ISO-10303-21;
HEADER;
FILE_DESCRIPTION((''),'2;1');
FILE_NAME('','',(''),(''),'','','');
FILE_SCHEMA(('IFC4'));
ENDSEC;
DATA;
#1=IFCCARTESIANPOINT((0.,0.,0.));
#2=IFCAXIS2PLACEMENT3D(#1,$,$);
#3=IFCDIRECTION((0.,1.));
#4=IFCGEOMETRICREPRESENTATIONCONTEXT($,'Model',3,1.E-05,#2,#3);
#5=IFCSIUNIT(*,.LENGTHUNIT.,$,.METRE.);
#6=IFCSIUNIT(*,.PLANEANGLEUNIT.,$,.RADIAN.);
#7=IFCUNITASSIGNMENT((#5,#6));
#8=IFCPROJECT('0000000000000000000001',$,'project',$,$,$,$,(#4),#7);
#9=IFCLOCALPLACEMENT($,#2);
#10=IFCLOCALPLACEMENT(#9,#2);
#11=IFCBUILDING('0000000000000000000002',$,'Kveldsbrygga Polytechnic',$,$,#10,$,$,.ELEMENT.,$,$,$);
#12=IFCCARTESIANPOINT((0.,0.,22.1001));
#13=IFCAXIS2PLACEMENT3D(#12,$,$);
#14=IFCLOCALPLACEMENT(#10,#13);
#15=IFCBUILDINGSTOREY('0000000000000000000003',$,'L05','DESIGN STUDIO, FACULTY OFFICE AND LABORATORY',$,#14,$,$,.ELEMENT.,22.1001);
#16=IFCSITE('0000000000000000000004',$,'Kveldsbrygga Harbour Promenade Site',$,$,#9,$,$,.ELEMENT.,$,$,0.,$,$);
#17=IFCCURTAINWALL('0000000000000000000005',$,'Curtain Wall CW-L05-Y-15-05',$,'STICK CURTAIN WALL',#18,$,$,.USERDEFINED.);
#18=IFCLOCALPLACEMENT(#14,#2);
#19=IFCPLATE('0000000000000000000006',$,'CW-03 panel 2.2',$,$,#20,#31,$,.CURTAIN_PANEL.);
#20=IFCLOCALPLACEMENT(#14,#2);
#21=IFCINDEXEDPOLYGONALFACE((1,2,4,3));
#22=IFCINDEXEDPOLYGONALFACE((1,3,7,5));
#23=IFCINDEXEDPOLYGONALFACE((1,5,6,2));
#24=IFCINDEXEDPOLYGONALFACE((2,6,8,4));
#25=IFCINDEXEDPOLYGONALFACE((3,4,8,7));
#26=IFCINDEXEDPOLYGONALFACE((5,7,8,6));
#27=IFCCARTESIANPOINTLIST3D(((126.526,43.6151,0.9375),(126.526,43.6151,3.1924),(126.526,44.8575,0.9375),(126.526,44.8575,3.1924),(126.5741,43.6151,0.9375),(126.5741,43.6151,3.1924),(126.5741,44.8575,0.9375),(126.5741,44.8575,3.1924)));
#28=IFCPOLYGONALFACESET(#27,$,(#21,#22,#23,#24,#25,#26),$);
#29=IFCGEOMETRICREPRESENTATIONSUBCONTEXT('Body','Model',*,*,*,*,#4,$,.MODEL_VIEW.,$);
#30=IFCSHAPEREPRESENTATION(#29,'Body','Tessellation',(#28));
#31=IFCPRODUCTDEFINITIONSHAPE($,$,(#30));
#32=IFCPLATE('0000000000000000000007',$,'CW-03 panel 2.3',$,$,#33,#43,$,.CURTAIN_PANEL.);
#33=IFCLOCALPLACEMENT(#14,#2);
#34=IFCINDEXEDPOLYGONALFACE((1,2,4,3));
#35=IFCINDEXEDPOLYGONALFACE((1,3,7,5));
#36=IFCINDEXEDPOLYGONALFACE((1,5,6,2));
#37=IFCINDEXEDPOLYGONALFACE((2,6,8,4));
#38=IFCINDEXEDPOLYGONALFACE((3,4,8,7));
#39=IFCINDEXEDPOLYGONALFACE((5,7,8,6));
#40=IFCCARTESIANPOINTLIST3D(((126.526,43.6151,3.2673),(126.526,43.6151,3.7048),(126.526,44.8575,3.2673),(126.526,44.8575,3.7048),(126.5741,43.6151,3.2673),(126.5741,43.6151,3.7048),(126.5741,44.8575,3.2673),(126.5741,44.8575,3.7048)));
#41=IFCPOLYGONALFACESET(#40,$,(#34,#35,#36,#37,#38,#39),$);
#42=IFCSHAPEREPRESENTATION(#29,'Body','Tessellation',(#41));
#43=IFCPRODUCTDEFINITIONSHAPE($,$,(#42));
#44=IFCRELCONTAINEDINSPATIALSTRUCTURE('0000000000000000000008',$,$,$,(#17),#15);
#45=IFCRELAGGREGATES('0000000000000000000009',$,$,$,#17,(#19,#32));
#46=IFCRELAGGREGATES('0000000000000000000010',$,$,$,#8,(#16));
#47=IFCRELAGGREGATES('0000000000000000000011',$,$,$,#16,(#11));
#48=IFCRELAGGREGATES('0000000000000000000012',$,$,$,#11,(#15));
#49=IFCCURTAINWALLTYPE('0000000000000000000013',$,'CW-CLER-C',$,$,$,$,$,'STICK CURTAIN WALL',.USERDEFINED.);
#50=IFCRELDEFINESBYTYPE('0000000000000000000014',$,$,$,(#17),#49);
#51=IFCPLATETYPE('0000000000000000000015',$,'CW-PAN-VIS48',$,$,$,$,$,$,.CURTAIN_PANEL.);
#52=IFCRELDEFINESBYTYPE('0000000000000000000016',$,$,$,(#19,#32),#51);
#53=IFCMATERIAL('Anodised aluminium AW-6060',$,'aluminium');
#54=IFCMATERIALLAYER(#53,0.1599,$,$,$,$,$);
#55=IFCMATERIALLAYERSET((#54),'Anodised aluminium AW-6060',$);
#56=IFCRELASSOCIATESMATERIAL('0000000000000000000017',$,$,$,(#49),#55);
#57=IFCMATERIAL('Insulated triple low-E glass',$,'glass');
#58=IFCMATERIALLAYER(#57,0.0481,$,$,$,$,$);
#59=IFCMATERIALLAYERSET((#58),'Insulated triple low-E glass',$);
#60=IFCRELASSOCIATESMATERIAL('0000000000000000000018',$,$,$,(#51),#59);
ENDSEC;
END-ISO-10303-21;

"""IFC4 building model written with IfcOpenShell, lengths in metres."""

from ifc_helpers import new_model, si_unit, direction, frame, origin, origin_2d, place, context, subcontext, project, spatial, rectangle, extrude, material, layer, layer_set, type_object, element, aggregate, save


model = new_model("IFC4")

# Units and contexts
model_context = context("Model", 3, precision=1e-05, world=origin(), true_north=direction((0.0, 1.0)))
body_context = subcontext(model_context, "Body", "Model", "MODEL_VIEW")
ifc_project = project(units=[si_unit("LENGTHUNIT", "METRE"), si_unit("PLANEANGLEUNIT", "RADIAN")], contexts=[model_context])

# Site, building, storey
site_placement = place(None, origin())
site = spatial("IfcSite", under=ifc_project, at=site_placement, Name="Kveldsbrygga Harbour Promenade Site", CompositionType="ELEMENT", RefElevation=0.0)
building_placement = place(site_placement, origin())
building = spatial("IfcBuilding", under=site, at=building_placement, Name="Kveldsbrygga Polytechnic", CompositionType="ELEMENT")
storey_placement = place(building_placement, frame((0.0, 0.0, 22.1001)))
storey = spatial("IfcBuildingStorey", under=building, at=storey_placement, Name="L05", Description="DESIGN STUDIO, FACULTY OFFICE AND LABORATORY", CompositionType="ELEMENT", Elevation=22.1001)

# Curtain wall
ifc_material_1 = material(Name="Anodised aluminium AW-6060", Category="aluminium")
ifc_layer_1 = layer(ifc_material_1, 0.1599)
ifc_layer_set_1 = layer_set([ifc_layer_1], Name="Anodised aluminium AW-6060")
curtain_wall_type_1 = type_object("IfcCurtainWallType", Name="CW-CLER-C", ElementType="STICK CURTAIN WALL", PredefinedType="USERDEFINED", material=ifc_layer_set_1)
curtain_wall_1_placement = place(storey_placement, origin())
curtain_wall_1 = element("IfcCurtainWall", 1, at=curtain_wall_1_placement, inside=storey, type_object=curtain_wall_type_1, Name="Curtain Wall CW-L05-Y-15-05", ObjectType="STICK CURTAIN WALL", PredefinedType="USERDEFINED")

# Plates
ifc_material_2 = material(Name="Insulated triple low-E glass", Category="glass")
ifc_layer_2 = layer(ifc_material_2, 0.0481)
ifc_layer_set_2 = layer_set([ifc_layer_2], Name="Insulated triple low-E glass")
plate_type_1 = type_object("IfcPlateType", Name="CW-PAN-VIS48", PredefinedType="CURTAIN_PANEL", material=ifc_layer_set_2)
plate_1_placement = place(storey_placement, frame((126.55, 44.2363, 0.9375), z_axis=(0.0, 0.0, 1.0), x_axis=(0.0, 1.0, 0.0)))
plate_1 = element("IfcPlate", 2, at=plate_1_placement, type_object=plate_type_1, Name="CW-03 panel 2.2", PredefinedType="CURTAIN_PANEL", context=body_context, shape_type="SweptSolid", body=[
    extrude(rectangle(XDim=1.2424, YDim=0.0481, at=origin_2d()), origin(), (0.0, 0.0, 1.0), 2.2549),
])
plate_2_placement = place(storey_placement, frame((126.55, 44.2363, 3.2673), z_axis=(0.0, 0.0, 1.0), x_axis=(0.0, 1.0, 0.0)))
plate_2 = element("IfcPlate", 3, at=plate_2_placement, type_object=plate_type_1, Name="CW-03 panel 2.3", PredefinedType="CURTAIN_PANEL", context=body_context, shape_type="SweptSolid", body=[
    extrude(rectangle(XDim=1.2424, YDim=0.0481, at=origin_2d()), origin(), (0.0, 0.0, 1.0), 0.4375),
])
aggregate(curtain_wall_1, [plate_1, plate_2])

save(model, "model.ifc")
